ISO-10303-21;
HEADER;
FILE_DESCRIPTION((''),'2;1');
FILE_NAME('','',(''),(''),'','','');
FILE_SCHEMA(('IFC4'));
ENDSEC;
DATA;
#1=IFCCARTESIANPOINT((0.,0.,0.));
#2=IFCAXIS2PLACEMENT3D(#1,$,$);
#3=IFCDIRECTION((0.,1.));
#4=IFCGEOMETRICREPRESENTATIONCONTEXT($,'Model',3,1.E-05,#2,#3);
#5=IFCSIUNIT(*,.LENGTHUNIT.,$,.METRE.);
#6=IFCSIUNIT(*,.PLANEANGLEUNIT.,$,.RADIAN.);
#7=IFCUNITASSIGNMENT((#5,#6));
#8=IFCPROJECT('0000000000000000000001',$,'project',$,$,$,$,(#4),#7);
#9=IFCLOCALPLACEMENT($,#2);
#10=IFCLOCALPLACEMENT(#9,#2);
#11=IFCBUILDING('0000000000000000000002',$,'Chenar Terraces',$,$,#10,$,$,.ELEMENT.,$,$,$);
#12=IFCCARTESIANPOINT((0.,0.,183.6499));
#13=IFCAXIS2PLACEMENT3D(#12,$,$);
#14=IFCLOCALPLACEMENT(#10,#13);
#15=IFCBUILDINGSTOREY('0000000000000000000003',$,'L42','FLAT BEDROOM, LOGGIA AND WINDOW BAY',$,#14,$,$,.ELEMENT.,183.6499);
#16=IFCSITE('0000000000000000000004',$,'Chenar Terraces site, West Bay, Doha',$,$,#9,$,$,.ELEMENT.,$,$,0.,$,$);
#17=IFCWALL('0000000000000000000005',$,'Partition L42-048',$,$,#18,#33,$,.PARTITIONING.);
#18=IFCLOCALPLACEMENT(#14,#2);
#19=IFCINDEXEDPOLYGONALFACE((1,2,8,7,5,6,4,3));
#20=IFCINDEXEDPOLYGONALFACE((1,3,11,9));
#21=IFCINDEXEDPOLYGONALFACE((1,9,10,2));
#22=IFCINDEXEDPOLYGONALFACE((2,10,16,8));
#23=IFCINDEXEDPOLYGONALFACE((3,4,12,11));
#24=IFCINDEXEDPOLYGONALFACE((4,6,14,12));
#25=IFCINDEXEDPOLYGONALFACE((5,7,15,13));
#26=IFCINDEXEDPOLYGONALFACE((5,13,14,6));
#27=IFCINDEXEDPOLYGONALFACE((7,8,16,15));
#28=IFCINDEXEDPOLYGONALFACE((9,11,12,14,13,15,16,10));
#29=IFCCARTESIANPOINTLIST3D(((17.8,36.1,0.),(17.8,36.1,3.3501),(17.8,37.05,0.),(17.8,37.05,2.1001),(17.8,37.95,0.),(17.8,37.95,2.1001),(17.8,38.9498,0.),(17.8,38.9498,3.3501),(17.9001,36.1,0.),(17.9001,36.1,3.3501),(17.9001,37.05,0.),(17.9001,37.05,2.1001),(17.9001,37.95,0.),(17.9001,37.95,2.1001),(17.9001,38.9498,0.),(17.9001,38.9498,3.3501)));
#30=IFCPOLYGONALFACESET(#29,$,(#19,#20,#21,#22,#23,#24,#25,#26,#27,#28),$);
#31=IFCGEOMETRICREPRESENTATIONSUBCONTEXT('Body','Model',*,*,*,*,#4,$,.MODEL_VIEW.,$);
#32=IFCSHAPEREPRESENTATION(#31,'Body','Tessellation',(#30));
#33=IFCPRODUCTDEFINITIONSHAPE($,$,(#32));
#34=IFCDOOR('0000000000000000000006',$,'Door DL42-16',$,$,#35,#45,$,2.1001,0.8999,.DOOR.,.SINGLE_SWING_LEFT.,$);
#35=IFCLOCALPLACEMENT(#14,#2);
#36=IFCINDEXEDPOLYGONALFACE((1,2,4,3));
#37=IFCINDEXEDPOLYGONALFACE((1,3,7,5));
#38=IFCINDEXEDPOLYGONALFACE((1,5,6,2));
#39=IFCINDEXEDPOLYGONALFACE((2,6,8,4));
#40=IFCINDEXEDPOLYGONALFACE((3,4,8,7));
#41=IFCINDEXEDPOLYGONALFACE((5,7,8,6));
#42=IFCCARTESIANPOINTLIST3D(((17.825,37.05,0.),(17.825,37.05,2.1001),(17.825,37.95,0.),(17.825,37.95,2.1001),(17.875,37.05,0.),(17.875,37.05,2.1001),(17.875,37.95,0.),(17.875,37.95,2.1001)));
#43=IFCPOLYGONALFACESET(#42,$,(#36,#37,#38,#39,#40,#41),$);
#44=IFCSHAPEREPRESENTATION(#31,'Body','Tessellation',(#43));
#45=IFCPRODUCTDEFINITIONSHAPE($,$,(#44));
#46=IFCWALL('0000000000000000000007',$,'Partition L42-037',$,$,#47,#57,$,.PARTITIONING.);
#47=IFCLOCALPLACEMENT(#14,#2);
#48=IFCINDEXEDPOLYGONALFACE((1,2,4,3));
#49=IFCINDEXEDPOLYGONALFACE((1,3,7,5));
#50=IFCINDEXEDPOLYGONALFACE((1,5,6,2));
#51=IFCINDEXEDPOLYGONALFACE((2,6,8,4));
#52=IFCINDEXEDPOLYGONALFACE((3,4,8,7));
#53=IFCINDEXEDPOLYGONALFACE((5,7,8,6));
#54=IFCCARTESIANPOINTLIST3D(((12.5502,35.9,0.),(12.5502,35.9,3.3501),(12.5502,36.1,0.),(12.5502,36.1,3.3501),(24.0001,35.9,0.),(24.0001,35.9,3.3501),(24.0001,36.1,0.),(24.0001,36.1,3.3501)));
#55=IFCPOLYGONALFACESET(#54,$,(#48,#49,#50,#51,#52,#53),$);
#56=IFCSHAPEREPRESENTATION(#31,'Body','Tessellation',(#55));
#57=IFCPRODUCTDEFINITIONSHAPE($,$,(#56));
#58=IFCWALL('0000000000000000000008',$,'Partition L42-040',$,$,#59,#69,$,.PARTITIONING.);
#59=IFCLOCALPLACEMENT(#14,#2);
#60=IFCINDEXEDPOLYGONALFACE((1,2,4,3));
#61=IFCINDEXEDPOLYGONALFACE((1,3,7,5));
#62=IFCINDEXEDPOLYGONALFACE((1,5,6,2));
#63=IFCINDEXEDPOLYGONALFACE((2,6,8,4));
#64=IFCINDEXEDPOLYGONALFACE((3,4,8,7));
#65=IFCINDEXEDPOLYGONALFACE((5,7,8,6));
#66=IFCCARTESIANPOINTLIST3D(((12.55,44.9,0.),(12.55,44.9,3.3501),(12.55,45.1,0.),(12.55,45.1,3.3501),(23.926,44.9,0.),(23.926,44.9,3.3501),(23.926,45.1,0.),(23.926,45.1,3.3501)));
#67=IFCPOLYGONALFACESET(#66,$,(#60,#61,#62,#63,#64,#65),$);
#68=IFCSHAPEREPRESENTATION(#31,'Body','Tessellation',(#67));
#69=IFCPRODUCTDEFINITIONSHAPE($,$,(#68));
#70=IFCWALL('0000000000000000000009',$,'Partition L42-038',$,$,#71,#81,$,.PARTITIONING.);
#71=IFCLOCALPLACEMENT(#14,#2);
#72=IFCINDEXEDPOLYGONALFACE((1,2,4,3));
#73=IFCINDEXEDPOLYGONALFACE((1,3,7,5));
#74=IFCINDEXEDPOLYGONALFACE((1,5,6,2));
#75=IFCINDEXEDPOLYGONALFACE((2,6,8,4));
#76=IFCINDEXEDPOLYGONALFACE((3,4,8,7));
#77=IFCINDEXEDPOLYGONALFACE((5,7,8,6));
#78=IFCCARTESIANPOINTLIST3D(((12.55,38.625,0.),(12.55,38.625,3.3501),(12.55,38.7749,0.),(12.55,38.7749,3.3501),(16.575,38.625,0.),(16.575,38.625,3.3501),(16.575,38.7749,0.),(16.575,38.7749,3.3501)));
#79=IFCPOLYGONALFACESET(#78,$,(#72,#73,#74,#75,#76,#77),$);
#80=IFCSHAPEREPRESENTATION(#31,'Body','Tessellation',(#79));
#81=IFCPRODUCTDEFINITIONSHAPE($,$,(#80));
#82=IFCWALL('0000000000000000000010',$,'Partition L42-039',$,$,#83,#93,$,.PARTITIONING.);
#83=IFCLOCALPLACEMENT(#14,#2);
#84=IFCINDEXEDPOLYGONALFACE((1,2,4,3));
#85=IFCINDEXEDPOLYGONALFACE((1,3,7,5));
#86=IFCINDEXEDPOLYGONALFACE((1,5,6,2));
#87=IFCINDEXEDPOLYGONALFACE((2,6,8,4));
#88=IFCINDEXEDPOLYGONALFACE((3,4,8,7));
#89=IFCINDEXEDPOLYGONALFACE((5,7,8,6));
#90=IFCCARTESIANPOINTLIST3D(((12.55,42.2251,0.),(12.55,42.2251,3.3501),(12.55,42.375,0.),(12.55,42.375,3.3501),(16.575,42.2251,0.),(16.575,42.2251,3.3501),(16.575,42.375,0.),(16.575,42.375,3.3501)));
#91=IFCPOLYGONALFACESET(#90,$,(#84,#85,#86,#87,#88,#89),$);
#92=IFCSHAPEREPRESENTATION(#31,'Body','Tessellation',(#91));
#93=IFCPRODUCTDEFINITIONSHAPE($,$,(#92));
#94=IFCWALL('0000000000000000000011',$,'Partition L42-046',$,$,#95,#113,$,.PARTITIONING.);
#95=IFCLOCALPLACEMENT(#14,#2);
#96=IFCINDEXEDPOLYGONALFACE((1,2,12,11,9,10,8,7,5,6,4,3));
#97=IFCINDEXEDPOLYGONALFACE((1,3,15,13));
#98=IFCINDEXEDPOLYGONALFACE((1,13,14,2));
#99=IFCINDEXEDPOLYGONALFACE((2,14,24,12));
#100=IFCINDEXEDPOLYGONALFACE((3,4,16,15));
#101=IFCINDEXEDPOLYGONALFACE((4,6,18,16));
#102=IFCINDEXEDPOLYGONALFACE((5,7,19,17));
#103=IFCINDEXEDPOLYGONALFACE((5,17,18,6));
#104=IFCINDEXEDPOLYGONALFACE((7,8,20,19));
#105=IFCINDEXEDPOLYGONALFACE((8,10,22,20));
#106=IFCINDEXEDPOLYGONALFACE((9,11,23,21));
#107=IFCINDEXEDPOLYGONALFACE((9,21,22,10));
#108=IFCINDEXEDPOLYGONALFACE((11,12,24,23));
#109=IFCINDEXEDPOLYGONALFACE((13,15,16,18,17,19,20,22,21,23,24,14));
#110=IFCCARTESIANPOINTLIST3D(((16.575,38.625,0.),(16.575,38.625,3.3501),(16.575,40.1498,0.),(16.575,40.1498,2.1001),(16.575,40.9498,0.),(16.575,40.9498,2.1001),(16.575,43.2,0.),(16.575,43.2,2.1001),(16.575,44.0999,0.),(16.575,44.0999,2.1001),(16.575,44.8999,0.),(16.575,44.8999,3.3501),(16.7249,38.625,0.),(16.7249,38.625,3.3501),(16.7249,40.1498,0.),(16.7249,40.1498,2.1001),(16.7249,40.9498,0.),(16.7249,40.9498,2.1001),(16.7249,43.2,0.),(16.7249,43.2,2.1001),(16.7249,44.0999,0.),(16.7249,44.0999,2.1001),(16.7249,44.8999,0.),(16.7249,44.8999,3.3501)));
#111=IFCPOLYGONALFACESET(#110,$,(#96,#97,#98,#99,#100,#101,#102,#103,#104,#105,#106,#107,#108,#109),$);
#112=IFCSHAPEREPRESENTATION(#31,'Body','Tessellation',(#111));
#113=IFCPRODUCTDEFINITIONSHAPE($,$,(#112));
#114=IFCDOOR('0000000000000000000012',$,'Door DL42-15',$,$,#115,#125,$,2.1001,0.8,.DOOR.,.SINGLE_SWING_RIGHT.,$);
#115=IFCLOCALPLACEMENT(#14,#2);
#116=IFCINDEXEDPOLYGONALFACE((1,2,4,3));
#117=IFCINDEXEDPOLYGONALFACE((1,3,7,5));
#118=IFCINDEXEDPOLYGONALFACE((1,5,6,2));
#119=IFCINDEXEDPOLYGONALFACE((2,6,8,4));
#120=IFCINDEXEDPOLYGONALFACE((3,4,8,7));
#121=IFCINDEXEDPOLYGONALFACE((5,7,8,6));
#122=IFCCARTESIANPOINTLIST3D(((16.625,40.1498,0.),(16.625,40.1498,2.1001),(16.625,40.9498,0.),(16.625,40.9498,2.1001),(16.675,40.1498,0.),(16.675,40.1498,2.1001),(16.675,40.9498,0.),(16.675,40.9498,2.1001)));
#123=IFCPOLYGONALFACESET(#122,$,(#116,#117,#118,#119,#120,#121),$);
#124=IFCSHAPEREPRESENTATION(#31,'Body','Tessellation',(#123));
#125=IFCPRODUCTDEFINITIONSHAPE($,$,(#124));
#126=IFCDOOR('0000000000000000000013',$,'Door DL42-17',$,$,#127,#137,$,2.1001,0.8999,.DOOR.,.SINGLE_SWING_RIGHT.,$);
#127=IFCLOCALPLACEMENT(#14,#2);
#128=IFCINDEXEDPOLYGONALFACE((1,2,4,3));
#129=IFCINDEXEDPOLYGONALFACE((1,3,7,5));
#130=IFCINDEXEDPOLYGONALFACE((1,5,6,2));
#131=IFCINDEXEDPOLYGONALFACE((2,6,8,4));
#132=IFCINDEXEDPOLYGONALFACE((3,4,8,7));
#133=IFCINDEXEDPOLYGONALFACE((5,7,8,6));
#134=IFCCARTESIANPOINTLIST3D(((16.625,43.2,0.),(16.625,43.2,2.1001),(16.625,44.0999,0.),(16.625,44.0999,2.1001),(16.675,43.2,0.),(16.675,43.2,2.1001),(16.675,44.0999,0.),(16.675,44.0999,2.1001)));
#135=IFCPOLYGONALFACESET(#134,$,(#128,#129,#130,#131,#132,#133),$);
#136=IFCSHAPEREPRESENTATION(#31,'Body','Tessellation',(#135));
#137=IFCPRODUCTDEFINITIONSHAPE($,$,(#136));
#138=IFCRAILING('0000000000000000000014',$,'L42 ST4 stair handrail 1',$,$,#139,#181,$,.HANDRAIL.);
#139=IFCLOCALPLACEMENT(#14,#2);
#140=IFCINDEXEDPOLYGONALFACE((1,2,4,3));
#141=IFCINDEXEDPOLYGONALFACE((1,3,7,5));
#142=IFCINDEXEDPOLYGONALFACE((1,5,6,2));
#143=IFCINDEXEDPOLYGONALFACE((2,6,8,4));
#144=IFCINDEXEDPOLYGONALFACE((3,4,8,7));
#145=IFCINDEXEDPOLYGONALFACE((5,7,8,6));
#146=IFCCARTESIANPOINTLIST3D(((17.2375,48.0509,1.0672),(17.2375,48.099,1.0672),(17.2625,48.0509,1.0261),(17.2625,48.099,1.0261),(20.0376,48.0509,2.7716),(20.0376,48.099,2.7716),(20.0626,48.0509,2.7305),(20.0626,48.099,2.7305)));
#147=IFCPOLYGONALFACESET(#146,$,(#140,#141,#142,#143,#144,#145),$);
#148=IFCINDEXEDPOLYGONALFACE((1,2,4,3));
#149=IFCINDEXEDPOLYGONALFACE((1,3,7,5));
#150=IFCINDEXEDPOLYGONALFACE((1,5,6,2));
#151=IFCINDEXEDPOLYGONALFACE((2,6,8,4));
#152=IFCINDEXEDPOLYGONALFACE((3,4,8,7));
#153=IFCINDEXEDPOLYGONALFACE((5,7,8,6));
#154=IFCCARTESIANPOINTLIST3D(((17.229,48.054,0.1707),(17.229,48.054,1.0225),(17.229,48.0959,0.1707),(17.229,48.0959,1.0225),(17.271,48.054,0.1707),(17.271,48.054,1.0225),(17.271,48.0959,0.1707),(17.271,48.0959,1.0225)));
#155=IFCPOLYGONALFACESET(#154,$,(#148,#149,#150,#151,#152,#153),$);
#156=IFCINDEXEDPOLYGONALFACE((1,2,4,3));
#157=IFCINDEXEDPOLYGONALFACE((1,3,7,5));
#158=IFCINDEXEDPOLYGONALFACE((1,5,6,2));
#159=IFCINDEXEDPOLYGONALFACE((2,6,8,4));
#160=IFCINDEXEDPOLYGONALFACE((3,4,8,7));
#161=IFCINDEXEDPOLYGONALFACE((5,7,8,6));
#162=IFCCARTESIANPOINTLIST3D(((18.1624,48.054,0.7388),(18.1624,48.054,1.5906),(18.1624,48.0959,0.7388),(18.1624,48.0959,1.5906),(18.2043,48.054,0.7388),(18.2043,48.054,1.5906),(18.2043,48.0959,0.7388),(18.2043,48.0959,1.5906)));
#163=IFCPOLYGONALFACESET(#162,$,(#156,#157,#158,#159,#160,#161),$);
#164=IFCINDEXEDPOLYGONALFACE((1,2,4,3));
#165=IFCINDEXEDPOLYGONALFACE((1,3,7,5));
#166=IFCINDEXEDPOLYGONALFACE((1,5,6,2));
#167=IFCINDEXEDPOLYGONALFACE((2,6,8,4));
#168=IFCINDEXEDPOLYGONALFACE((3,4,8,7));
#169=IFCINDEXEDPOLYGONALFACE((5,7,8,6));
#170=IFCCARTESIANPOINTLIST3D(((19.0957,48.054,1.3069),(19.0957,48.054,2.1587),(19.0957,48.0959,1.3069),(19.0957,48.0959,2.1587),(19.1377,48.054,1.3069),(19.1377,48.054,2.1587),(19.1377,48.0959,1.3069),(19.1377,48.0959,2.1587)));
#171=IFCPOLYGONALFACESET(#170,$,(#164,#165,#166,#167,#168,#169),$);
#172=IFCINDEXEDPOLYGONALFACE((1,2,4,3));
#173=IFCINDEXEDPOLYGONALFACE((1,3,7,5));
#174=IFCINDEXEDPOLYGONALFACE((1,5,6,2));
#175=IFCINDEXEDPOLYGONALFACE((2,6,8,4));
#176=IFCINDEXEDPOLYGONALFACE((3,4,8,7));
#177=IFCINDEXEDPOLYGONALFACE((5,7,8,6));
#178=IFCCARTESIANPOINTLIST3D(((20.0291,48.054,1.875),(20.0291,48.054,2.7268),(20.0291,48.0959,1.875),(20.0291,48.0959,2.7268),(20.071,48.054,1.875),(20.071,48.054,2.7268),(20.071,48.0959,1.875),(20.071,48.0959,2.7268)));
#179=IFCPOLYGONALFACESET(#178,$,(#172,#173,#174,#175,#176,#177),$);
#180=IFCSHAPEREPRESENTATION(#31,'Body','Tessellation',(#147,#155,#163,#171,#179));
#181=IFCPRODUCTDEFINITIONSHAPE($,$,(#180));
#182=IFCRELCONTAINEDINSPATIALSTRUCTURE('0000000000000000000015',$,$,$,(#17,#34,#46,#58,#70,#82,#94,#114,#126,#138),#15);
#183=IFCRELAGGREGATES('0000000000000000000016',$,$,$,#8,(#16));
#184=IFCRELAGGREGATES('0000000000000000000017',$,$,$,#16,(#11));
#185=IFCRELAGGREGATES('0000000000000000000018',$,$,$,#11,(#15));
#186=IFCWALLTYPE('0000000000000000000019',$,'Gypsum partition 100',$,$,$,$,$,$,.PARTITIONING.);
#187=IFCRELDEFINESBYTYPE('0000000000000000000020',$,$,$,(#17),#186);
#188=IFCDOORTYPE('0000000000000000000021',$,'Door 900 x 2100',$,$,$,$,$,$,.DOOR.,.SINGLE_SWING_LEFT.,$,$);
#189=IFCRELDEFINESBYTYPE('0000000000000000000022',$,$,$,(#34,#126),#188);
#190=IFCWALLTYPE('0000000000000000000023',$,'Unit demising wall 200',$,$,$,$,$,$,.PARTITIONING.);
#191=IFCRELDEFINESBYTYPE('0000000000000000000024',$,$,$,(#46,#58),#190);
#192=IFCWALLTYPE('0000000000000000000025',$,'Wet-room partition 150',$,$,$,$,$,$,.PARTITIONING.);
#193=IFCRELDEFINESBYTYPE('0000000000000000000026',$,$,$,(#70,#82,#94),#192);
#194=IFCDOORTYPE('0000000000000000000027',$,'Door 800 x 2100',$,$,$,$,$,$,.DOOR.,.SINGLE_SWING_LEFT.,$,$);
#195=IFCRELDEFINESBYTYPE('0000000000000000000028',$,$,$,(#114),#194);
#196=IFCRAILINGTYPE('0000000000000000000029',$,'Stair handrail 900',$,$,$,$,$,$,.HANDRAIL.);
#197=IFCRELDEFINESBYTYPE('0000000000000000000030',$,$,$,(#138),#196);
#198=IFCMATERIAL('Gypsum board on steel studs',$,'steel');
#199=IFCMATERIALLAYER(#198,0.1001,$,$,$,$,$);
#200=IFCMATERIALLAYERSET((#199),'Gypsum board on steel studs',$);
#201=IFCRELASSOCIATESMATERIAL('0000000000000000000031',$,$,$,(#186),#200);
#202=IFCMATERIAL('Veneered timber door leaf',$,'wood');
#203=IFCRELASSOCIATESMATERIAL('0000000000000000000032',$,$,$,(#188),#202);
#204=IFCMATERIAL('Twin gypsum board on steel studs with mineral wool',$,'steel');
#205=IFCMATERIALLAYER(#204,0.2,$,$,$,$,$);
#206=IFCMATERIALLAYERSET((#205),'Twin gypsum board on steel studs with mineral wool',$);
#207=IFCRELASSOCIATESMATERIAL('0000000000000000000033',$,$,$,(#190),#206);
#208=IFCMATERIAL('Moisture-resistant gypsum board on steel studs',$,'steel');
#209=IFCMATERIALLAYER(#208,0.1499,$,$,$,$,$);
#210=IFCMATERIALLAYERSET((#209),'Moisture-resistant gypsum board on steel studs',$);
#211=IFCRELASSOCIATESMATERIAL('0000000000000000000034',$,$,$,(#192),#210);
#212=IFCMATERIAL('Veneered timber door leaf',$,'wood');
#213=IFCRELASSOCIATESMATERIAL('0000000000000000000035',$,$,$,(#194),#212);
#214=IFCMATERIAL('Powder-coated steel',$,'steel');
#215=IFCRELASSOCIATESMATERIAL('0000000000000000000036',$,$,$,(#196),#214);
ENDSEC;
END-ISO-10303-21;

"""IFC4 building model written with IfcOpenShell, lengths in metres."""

from ifc_helpers import new_model, si_unit, direction, frame, frame_2d, origin, origin_2d, place, context, subcontext, project, spatial, rectangle, extrude, material, layer, layer_set, type_object, element, fill, save


model = new_model("IFC4")

# Units and contexts
model_context = context("Model", 3, precision=1e-05, world=origin(), true_north=direction((0.0, 1.0)))
body_context = subcontext(model_context, "Body", "Model", "MODEL_VIEW")
ifc_project = project(units=[si_unit("LENGTHUNIT", "METRE"), si_unit("PLANEANGLEUNIT", "RADIAN")], contexts=[model_context])

# Site, building, storey
site_placement = place(None, origin())
site = spatial("IfcSite", under=ifc_project, at=site_placement, Name="Chenar Terraces site, West Bay, Doha", CompositionType="ELEMENT", RefElevation=0.0)
building_placement = place(site_placement, origin())
building = spatial("IfcBuilding", under=site, at=building_placement, Name="Chenar Terraces", CompositionType="ELEMENT")
storey_placement = place(building_placement, frame((0.0, 0.0, 183.6499)))
storey = spatial("IfcBuildingStorey", under=building, at=storey_placement, Name="L42", Description="FLAT BEDROOM, LOGGIA AND WINDOW BAY", CompositionType="ELEMENT", Elevation=183.6499)

# Shared definitions
ifc_material_1 = material(Name="Gypsum board on steel studs", Category="steel")
ifc_layer_1 = layer(ifc_material_1, 0.1001)
ifc_layer_set_1 = layer_set([ifc_layer_1], Name="Gypsum board on steel studs")
wall_type_1 = type_object("IfcWallType", Name="Gypsum partition 100", PredefinedType="PARTITIONING", material=ifc_layer_set_1)

# Wall, opening, door
wall_1_placement = place(storey_placement, frame((17.8501, 36.1001, 0.0), z_axis=(0.0, 0.0, 1.0), x_axis=(0.0, 1.0, 0.0)))
wall_1 = element("IfcWall", 1, at=wall_1_placement, inside=storey, type_object=wall_type_1, Name="Partition L42-048", PredefinedType="PARTITIONING", context=body_context, shape_type="SweptSolid", body=[
    extrude(rectangle(XDim=2.8499, YDim=0.1001, at=frame_2d((1.4248, 0.0))), origin(), (0.0, 0.0, 1.0), 3.3501),
])
opening_1_placement = place(wall_1_placement, frame((0.95, 0.0, 0.0)))
opening_1 = element("IfcOpeningElement", 2, at=opening_1_placement, cuts=wall_1, PredefinedType="OPENING", context=body_context, shape_type="SweptSolid", body=[
    extrude(rectangle(XDim=0.8999, YDim=2.1001, at=frame_2d((0.45, 1.05))), frame((0.0, 0.0601, 0.0), z_axis=(0.0, -1.0, 0.0), x_axis=(1.0, 0.0, 0.0)), (0.0, 0.0, 1.0), 0.1201),
])
ifc_material_2 = material(Name="Veneered timber door leaf", Category="wood")
door_type_1 = type_object("IfcDoorType", Name="Door 900 x 2100", OperationType="SINGLE_SWING_LEFT", PredefinedType="DOOR", material=ifc_material_2)
door_1_placement = place(opening_1_placement, frame((0.8999, 0.0, 0.0), z_axis=(0.0, 0.0, 1.0), x_axis=(-1.0, 0.0, 0.0)))
door_1 = element("IfcDoor", 3, at=door_1_placement, inside=storey, type_object=door_type_1, Name="Door DL42-16", OperationType="SINGLE_SWING_LEFT", OverallHeight=2.1001, OverallWidth=0.8999, PredefinedType="DOOR", context=body_context, shape_type="SweptSolid", body=[
    extrude(rectangle(XDim=0.8999, YDim=2.1001, at=frame_2d((0.45, 1.05))), frame((0.0, 0.0249, 0.0), z_axis=(0.0, -1.0, 0.0), x_axis=(1.0, 0.0, 0.0)), (0.0, 0.0, 1.0), 0.05),
])
fill(opening_1, door_1)

# Walls
ifc_material_3 = material(Name="Twin gypsum board on steel studs with mineral wool", Category="steel")
ifc_layer_2 = layer(ifc_material_3, 0.2)
ifc_layer_set_2 = layer_set([ifc_layer_2], Name="Twin gypsum board on steel studs with mineral wool")
wall_type_2 = type_object("IfcWallType", Name="Unit demising wall 200", PredefinedType="PARTITIONING", material=ifc_layer_set_2)
wall_2_placement = place(storey_placement, frame((12.55, 36.0, 0.0), z_axis=(0.0, 0.0, 1.0), x_axis=(1.0, 0.0, 0.0)))
element("IfcWall", 4, at=wall_2_placement, inside=storey, type_object=wall_type_2, Name="Partition L42-037", PredefinedType="PARTITIONING", context=body_context, shape_type="SweptSolid", body=[
    extrude(rectangle(XDim=11.45, YDim=0.2, at=frame_2d((5.7251, 0.0))), origin(), (0.0, 0.0, 1.0), 3.3501),
])
wall_3_placement = place(storey_placement, frame((12.55, 45.0, 0.0), z_axis=(0.0, 0.0, 1.0), x_axis=(1.0, 0.0, 0.0)))
element("IfcWall", 5, at=wall_3_placement, inside=storey, type_object=wall_type_2, Name="Partition L42-040", PredefinedType="PARTITIONING", context=body_context, shape_type="SweptSolid", body=[
    extrude(rectangle(XDim=11.376, YDim=0.2, at=frame_2d((5.688, 0.0))), origin(), (0.0, 0.0, 1.0), 3.3501),
])
ifc_material_4 = material(Name="Moisture-resistant gypsum board on steel studs", Category="steel")
ifc_layer_3 = layer(ifc_material_4, 0.1499)
ifc_layer_set_3 = layer_set([ifc_layer_3], Name="Moisture-resistant gypsum board on steel studs")
wall_type_3 = type_object("IfcWallType", Name="Wet-room partition 150", PredefinedType="PARTITIONING", material=ifc_layer_set_3)
for number, where, z_axis, x_axis, name in (
    (6, (12.55, 38.7, 0.0), (0.0, 0.0, 1.0), (1.0, 0.0, 0.0), "Partition L42-038"),
    (7, (12.55, 42.3, 0.0), (0.0, 0.0, 1.0), (1.0, 0.0, 0.0), "Partition L42-039"),
):
    element("IfcWall", number, at=place(storey_placement, frame(where, z_axis=z_axis, x_axis=x_axis)), inside=storey, type_object=wall_type_3, Name=name, PredefinedType="PARTITIONING", context=body_context, shape_type="SweptSolid", body=[
        extrude(rectangle(XDim=4.0249, YDim=0.1499, at=frame_2d((2.0125, 0.0))), origin(), (0.0, 0.0, 1.0), 3.3501),
    ])

# Wall, openings, doors
wall_4_placement = place(storey_placement, frame((16.6499, 38.625, 0.0), z_axis=(0.0, 0.0, 1.0), x_axis=(0.0, 1.0, 0.0)))
wall_4 = element("IfcWall", 8, at=wall_4_placement, inside=storey, type_object=wall_type_3, Name="Partition L42-046", PredefinedType="PARTITIONING", context=body_context, shape_type="SweptSolid", body=[
    extrude(rectangle(XDim=6.2749, YDim=0.1499, at=frame_2d((3.1375, 0.0))), origin(), (0.0, 0.0, 1.0), 3.3501),
])
opening_2_placement = place(wall_4_placement, frame((1.5249, 0.0, 0.0)))
opening_2 = element("IfcOpeningElement", 9, at=opening_2_placement, cuts=wall_4, PredefinedType="OPENING", context=body_context, shape_type="SweptSolid", body=[
    extrude(rectangle(XDim=0.8, YDim=2.1001, at=frame_2d((0.3999, 1.05))), frame((0.0, 0.085, 0.0), z_axis=(0.0, -1.0, 0.0), x_axis=(1.0, 0.0, 0.0)), (0.0, 0.0, 1.0), 0.1699),
])
opening_3_placement = place(wall_4_placement, frame((4.575, 0.0, 0.0)))
opening_3 = element("IfcOpeningElement", 10, at=opening_3_placement, cuts=wall_4, PredefinedType="OPENING", context=body_context, shape_type="SweptSolid", body=[
    extrude(rectangle(XDim=0.8999, YDim=2.1001, at=frame_2d((0.45, 1.05))), frame((0.0, 0.085, 0.0), z_axis=(0.0, -1.0, 0.0), x_axis=(1.0, 0.0, 0.0)), (0.0, 0.0, 1.0), 0.1699),
])
ifc_material_5 = material(Name="Veneered timber door leaf", Category="wood")
door_type_2 = type_object("IfcDoorType", Name="Door 800 x 2100", OperationType="SINGLE_SWING_LEFT", PredefinedType="DOOR", material=ifc_material_5)
door_2_placement = place(opening_2_placement, origin())
door_2 = element("IfcDoor", 11, at=door_2_placement, inside=storey, type_object=door_type_2, Name="Door DL42-15", OperationType="SINGLE_SWING_RIGHT", OverallHeight=2.1001, OverallWidth=0.8, PredefinedType="DOOR", context=body_context, shape_type="SweptSolid", body=[
    extrude(rectangle(XDim=0.8, YDim=2.1001, at=frame_2d((0.3999, 1.05))), frame((0.0, 0.0249, 0.0), z_axis=(0.0, -1.0, 0.0), x_axis=(1.0, 0.0, 0.0)), (0.0, 0.0, 1.0), 0.05),
])
fill(opening_2, door_2)
door_3_placement = place(opening_3_placement, origin())
door_3 = element("IfcDoor", 12, at=door_3_placement, inside=storey, type_object=door_type_1, Name="Door DL42-17", OperationType="SINGLE_SWING_RIGHT", OverallHeight=2.1001, OverallWidth=0.8999, PredefinedType="DOOR", context=body_context, shape_type="SweptSolid", body=[
    extrude(rectangle(XDim=0.8999, YDim=2.1001, at=frame_2d((0.45, 1.05))), frame((0.0, 0.0249, 0.0), z_axis=(0.0, -1.0, 0.0), x_axis=(1.0, 0.0, 0.0)), (0.0, 0.0, 1.0), 0.05),
])
fill(opening_3, door_3)

# Railing
ifc_material_6 = material(Name="Powder-coated steel", Category="steel")
railing_type = type_object("IfcRailingType", Name="Stair handrail 900", PredefinedType="HANDRAIL", material=ifc_material_6)
railing_placement = place(storey_placement, frame((17.25, 48.075, 0.1707)))
element("IfcRailing", 13, at=railing_placement, inside=storey, type_object=railing_type, Name="L42 ST4 stair handrail 1", PredefinedType="HANDRAIL", context=body_context, shape_type="SweptSolid", body=[
    extrude(rectangle(XDim=0.0481, YDim=0.0481, at=origin_2d()), frame((0.0, 0.0, 0.876), z_axis=(0.854203, 0.0, 0.51994), x_axis=(0.0, 1.0, 0.0)), (0.0, 0.0, 1.0), 3.2781),
    extrude(rectangle(XDim=0.042, YDim=0.042, at=origin_2d()), origin(), (0.0, 0.0, 1.0), 0.8518),
    extrude(rectangle(XDim=0.042, YDim=0.042, at=origin_2d()), frame((0.9333, 0.0, 0.5681)), (0.0, 0.0, 1.0), 0.8518),
    extrude(rectangle(XDim=0.042, YDim=0.042, at=origin_2d()), frame((1.8667, 0.0, 1.1362)), (0.0, 0.0, 1.0), 0.8518),
    extrude(rectangle(XDim=0.042, YDim=0.042, at=origin_2d()), frame((2.8, 0.0, 1.7043)), (0.0, 0.0, 1.0), 0.8518),
])

save(model, "model.ifc")
